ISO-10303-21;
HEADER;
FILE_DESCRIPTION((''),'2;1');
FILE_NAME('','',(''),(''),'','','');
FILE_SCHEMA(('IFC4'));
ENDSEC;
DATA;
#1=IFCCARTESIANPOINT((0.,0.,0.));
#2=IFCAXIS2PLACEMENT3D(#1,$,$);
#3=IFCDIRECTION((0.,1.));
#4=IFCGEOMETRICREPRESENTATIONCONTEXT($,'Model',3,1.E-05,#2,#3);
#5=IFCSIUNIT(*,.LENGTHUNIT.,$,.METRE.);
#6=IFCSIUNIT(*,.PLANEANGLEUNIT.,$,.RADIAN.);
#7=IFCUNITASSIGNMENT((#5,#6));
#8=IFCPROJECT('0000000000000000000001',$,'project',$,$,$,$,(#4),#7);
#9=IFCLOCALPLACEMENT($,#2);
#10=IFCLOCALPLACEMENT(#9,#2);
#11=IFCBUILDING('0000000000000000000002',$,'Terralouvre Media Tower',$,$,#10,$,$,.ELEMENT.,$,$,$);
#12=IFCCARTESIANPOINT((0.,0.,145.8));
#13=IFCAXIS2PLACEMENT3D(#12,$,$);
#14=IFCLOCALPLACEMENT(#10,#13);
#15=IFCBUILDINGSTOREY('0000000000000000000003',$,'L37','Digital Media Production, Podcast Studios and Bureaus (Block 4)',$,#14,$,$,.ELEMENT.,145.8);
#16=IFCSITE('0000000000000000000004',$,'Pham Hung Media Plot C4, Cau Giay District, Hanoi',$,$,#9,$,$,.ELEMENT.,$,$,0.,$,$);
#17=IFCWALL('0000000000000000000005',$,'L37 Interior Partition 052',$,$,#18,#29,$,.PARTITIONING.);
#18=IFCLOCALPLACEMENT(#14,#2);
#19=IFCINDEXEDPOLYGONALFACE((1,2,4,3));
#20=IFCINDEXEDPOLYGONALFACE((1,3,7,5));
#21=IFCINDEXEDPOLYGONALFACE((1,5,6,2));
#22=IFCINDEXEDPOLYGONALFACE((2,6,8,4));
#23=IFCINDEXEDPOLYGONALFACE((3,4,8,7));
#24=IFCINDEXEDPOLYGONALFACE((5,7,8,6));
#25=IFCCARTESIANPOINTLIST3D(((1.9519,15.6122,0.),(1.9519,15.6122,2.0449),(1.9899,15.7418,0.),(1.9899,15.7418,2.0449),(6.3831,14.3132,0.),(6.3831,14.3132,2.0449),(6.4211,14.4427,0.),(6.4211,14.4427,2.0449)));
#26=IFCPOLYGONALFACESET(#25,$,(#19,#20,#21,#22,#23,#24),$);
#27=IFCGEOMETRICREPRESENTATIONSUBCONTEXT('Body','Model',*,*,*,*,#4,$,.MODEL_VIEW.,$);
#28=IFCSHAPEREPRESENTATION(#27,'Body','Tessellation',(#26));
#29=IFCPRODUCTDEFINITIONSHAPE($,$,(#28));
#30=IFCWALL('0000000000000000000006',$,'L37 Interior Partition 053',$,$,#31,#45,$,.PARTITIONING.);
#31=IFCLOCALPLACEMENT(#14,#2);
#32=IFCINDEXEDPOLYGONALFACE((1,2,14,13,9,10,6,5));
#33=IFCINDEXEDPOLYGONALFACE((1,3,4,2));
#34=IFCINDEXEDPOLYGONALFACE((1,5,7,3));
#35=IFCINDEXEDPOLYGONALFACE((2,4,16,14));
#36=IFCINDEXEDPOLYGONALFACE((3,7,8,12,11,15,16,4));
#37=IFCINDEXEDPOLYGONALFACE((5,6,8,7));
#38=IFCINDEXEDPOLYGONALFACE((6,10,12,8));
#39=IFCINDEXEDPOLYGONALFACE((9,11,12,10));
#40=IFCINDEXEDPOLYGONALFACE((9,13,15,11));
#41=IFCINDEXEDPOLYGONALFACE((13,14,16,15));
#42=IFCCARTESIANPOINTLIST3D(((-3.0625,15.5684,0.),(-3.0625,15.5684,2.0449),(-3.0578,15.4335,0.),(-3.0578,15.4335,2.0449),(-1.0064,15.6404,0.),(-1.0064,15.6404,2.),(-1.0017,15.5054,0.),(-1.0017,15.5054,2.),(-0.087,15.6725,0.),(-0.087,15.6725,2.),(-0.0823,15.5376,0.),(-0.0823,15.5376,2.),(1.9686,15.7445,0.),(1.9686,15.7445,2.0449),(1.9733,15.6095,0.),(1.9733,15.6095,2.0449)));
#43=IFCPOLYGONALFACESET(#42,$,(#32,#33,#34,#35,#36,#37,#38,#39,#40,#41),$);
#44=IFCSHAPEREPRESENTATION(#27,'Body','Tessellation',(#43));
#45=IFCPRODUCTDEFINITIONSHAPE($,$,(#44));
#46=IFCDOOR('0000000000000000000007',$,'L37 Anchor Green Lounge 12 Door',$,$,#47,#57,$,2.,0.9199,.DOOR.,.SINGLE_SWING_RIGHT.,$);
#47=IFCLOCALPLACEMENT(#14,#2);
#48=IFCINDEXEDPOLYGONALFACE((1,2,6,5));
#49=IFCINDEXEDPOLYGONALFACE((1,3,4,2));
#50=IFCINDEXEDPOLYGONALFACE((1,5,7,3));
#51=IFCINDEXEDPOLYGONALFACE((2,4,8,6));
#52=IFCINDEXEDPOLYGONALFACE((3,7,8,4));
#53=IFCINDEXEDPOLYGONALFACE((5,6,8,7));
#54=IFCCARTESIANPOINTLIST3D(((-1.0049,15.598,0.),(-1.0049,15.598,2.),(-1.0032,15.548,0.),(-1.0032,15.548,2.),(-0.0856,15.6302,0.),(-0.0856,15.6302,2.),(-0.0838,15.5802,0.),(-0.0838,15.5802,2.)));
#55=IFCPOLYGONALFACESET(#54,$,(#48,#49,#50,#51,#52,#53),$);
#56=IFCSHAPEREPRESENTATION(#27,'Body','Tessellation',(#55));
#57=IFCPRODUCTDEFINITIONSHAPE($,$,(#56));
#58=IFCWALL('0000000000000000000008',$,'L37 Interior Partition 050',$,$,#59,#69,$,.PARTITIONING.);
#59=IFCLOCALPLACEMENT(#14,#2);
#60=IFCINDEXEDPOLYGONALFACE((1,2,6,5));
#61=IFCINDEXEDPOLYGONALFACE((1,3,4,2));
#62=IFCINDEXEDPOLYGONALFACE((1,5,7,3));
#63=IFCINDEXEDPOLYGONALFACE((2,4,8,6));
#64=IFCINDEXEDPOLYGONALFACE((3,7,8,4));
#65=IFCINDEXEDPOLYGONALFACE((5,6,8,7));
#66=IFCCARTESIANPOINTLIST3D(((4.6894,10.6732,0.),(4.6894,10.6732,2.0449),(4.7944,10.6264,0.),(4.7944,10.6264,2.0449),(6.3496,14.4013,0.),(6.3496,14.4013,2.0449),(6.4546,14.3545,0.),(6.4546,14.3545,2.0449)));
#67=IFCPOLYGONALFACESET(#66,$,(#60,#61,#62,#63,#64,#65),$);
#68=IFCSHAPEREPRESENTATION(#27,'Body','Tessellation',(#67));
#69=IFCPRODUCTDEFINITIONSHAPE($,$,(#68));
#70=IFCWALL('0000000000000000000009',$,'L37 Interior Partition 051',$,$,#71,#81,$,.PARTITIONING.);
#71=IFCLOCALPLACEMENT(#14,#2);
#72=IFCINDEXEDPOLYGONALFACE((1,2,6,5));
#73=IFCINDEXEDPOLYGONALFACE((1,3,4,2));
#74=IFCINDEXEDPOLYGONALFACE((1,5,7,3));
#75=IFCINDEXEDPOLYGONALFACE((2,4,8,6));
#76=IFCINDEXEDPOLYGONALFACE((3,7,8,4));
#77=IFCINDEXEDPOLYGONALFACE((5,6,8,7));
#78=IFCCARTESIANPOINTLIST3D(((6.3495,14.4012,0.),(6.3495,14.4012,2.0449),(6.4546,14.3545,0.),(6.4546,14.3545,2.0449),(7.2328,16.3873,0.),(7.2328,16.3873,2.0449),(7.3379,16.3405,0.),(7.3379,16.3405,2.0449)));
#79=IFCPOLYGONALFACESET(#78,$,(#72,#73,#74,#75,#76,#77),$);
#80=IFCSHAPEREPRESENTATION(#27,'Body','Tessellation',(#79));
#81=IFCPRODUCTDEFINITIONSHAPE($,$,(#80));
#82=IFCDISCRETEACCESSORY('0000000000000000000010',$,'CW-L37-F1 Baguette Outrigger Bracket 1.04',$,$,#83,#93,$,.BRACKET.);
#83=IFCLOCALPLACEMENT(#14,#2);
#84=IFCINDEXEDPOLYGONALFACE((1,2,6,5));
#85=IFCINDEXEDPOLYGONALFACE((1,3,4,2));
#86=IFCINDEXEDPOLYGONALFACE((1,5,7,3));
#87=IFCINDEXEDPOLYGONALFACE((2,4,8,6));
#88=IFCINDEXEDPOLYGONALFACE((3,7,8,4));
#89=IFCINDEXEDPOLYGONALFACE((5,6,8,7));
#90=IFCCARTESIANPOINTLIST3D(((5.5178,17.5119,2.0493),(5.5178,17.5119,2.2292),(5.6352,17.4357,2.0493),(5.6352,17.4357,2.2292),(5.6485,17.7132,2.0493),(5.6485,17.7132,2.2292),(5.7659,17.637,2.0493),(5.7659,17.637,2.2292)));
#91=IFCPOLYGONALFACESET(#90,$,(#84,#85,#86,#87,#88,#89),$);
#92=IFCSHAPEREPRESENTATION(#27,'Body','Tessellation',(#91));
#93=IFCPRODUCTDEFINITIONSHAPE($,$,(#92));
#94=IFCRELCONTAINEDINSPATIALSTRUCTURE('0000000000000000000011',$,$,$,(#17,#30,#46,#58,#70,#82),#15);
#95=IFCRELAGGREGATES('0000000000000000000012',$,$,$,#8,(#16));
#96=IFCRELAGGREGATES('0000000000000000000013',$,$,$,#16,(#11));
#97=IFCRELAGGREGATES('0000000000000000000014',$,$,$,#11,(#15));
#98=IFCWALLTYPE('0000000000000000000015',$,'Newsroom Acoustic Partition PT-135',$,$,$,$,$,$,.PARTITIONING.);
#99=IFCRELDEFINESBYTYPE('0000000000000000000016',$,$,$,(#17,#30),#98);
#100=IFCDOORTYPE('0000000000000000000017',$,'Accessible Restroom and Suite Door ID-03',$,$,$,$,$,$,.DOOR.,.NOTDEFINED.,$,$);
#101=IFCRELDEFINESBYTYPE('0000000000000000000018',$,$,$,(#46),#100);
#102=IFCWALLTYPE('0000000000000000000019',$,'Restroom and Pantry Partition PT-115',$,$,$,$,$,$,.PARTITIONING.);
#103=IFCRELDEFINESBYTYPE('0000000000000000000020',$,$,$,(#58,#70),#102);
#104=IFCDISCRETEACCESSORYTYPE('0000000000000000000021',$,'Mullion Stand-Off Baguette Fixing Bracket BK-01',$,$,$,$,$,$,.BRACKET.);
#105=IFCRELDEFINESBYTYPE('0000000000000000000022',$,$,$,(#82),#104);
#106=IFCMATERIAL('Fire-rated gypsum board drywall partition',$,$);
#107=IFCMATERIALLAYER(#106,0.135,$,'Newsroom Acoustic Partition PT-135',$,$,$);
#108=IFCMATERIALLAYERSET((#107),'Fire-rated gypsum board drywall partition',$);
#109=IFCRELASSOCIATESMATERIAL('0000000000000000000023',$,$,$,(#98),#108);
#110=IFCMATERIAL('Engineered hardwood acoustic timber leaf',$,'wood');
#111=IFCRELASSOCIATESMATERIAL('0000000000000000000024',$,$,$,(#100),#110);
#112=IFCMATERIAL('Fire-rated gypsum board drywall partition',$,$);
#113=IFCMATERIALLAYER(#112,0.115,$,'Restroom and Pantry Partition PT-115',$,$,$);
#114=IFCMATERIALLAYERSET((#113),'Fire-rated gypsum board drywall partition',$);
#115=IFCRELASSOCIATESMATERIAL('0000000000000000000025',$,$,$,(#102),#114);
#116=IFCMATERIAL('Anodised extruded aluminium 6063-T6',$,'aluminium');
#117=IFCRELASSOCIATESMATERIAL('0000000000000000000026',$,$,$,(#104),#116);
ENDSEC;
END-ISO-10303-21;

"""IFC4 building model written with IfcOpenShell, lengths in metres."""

from ifc_helpers import new_model, si_unit, direction, frame, frame_2d, origin, origin_2d, place, context, subcontext, project, spatial, rectangle, extrude, material, layer, layer_set, type_object, element, fill, save


model = new_model("IFC4")

# Units and contexts
model_context = context("Model", 3, precision=1e-05, world=origin(), true_north=direction((0.0, 1.0)))
body_context = subcontext(model_context, "Body", "Model", "MODEL_VIEW")
ifc_project = project(units=[si_unit("LENGTHUNIT", "METRE"), si_unit("PLANEANGLEUNIT", "RADIAN")], contexts=[model_context])

# Site, building, storey
site_placement = place(None, origin())
site = spatial("IfcSite", under=ifc_project, at=site_placement, Name="Pham Hung Media Plot C4, Cau Giay District, Hanoi", CompositionType="ELEMENT", RefElevation=0.0)
building_placement = place(site_placement, origin())
building = spatial("IfcBuilding", under=site, at=building_placement, Name="Terralouvre Media Tower", CompositionType="ELEMENT")
storey_placement = place(building_placement, frame((0.0, 0.0, 145.8)))
storey = spatial("IfcBuildingStorey", under=building, at=storey_placement, Name="L37", Description="Digital Media Production, Podcast Studios and Bureaus (Block 4)", CompositionType="ELEMENT", Elevation=145.8)

# Shared definitions
ifc_material_1 = material(Name="Fire-rated gypsum board drywall partition")
ifc_layer_1 = layer(ifc_material_1, 0.135, Name="Newsroom Acoustic Partition PT-135")
ifc_layer_set_1 = layer_set([ifc_layer_1], Name="Fire-rated gypsum board drywall partition")
wall_type_1 = type_object("IfcWallType", Name="Newsroom Acoustic Partition PT-135", PredefinedType="PARTITIONING", material=ifc_layer_set_1)

# Wall
wall_1_placement = place(storey_placement, frame((6.4021, 14.3779, 0.0), z_axis=(0.0, 0.0, 1.0), x_axis=(-0.959612, 0.281328, 0.0)))
element("IfcWall", 1, at=wall_1_placement, inside=storey, type_object=wall_type_1, Name="L37 Interior Partition 052", PredefinedType="PARTITIONING", context=body_context, shape_type="SweptSolid", body=[
    extrude(rectangle(XDim=4.6177, YDim=0.135, at=frame_2d((2.3088, 0.0))), origin(), (0.0, 0.0, 1.0), 2.0449),
])

# Wall, opening, door
wall_2_placement = place(storey_placement, frame((1.9709, 15.677, 0.0), z_axis=(0.0, 0.0, 1.0), x_axis=(-0.999388, -0.034967, 0.0)))
wall_2 = element("IfcWall", 2, at=wall_2_placement, inside=storey, type_object=wall_type_1, Name="L37 Interior Partition 053", PredefinedType="PARTITIONING", context=body_context, shape_type="SweptSolid", body=[
    extrude(rectangle(XDim=5.0342, YDim=0.135, at=frame_2d((2.5171, 0.0))), origin(), (0.0, 0.0, 1.0), 2.0449),
])
opening_1_placement = place(wall_2_placement, frame((2.0569, 0.0, 0.0)))
opening_1 = element("IfcOpeningElement", 3, at=opening_1_placement, cuts=wall_2, PredefinedType="OPENING", context=body_context, shape_type="SweptSolid", body=[
    extrude(rectangle(XDim=0.9199, YDim=2.0, at=frame_2d((0.46, 1.0))), frame((0.0, 0.0774, 0.0), z_axis=(0.0, -1.0, 0.0), x_axis=(1.0, 0.0, 0.0)), (0.0, 0.0, 1.0), 0.155),
])
ifc_material_2 = material(Name="Engineered hardwood acoustic timber leaf", Category="wood")
door_type_1 = type_object("IfcDoorType", Name="Accessible Restroom and Suite Door ID-03", OperationType="NOTDEFINED", PredefinedType="DOOR", material=ifc_material_2)
door_1_placement = place(opening_1_placement, origin())
door_1 = element("IfcDoor", 4, at=door_1_placement, inside=storey, type_object=door_type_1, Name="L37 Anchor Green Lounge 12 Door", OperationType="SINGLE_SWING_RIGHT", OverallHeight=2.0, OverallWidth=0.9199, PredefinedType="DOOR", context=body_context, shape_type="SweptSolid", body=[
    extrude(rectangle(XDim=0.9199, YDim=2.0, at=frame_2d((0.46, 1.0))), frame((0.0, 0.0249, 0.0), z_axis=(0.0, -1.0, 0.0), x_axis=(1.0, 0.0, 0.0)), (0.0, 0.0, 1.0), 0.05),
])
fill(opening_1, door_1)

# Walls
ifc_material_3 = material(Name="Fire-rated gypsum board drywall partition")
ifc_layer_2 = layer(ifc_material_3, 0.115, Name="Restroom and Pantry Partition PT-115")
ifc_layer_set_2 = layer_set([ifc_layer_2], Name="Fire-rated gypsum board drywall partition")
wall_type_2 = type_object("IfcWallType", Name="Restroom and Pantry Partition PT-115", PredefinedType="PARTITIONING", material=ifc_layer_set_2)
wall_3_placement = place(storey_placement, frame((6.4021, 14.3779, 0.0), z_axis=(0.0, 0.0, 1.0), x_axis=(-0.406804, -0.913515, 0.0)))
element("IfcWall", 5, at=wall_3_placement, inside=storey, type_object=wall_type_2, Name="L37 Interior Partition 050", PredefinedType="PARTITIONING", context=body_context, shape_type="SweptSolid", body=[
    extrude(rectangle(XDim=4.0811, YDim=0.115, at=frame_2d((2.0405, 0.0))), origin(), (0.0, 0.0, 1.0), 2.0449),
])
wall_4_placement = place(storey_placement, frame((7.2854, 16.364, 0.0), z_axis=(0.0, 0.0, 1.0), x_axis=(-0.406368, -0.91371, 0.0)))
element("IfcWall", 6, at=wall_4_placement, inside=storey, type_object=wall_type_2, Name="L37 Interior Partition 051", PredefinedType="PARTITIONING", context=body_context, shape_type="SweptSolid", body=[
    extrude(rectangle(XDim=2.1736, YDim=0.115, at=frame_2d((1.0869, 0.0))), origin(), (0.0, 0.0, 1.0), 2.0449),
])

# Discrete accessory
ifc_material_4 = material(Name="Anodised extruded aluminium 6063-T6", Category="aluminium")
discrete_accessory_type = type_object("IfcDiscreteAccessoryType", Name="Mullion Stand-Off Baguette Fixing Bracket BK-01", PredefinedType="BRACKET", material=ifc_material_4)
discrete_accessory_placement = place(storey_placement, frame((5.6418, 17.5745, 2.0493), z_axis=(0.0, 0.0, 1.0), x_axis=(-0.838671, 0.544639, 0.0)))
element("IfcDiscreteAccessory", 7, at=discrete_accessory_placement, inside=storey, type_object=discrete_accessory_type, Name="CW-L37-F1 Baguette Outrigger Bracket 1.04", PredefinedType="BRACKET", context=body_context, shape_type="SweptSolid", body=[
    extrude(rectangle(XDim=0.1399, YDim=0.24, at=origin_2d()), origin(), (0.0, 0.0, 1.0), 0.1799),
])

save(model, "model.ifc")
